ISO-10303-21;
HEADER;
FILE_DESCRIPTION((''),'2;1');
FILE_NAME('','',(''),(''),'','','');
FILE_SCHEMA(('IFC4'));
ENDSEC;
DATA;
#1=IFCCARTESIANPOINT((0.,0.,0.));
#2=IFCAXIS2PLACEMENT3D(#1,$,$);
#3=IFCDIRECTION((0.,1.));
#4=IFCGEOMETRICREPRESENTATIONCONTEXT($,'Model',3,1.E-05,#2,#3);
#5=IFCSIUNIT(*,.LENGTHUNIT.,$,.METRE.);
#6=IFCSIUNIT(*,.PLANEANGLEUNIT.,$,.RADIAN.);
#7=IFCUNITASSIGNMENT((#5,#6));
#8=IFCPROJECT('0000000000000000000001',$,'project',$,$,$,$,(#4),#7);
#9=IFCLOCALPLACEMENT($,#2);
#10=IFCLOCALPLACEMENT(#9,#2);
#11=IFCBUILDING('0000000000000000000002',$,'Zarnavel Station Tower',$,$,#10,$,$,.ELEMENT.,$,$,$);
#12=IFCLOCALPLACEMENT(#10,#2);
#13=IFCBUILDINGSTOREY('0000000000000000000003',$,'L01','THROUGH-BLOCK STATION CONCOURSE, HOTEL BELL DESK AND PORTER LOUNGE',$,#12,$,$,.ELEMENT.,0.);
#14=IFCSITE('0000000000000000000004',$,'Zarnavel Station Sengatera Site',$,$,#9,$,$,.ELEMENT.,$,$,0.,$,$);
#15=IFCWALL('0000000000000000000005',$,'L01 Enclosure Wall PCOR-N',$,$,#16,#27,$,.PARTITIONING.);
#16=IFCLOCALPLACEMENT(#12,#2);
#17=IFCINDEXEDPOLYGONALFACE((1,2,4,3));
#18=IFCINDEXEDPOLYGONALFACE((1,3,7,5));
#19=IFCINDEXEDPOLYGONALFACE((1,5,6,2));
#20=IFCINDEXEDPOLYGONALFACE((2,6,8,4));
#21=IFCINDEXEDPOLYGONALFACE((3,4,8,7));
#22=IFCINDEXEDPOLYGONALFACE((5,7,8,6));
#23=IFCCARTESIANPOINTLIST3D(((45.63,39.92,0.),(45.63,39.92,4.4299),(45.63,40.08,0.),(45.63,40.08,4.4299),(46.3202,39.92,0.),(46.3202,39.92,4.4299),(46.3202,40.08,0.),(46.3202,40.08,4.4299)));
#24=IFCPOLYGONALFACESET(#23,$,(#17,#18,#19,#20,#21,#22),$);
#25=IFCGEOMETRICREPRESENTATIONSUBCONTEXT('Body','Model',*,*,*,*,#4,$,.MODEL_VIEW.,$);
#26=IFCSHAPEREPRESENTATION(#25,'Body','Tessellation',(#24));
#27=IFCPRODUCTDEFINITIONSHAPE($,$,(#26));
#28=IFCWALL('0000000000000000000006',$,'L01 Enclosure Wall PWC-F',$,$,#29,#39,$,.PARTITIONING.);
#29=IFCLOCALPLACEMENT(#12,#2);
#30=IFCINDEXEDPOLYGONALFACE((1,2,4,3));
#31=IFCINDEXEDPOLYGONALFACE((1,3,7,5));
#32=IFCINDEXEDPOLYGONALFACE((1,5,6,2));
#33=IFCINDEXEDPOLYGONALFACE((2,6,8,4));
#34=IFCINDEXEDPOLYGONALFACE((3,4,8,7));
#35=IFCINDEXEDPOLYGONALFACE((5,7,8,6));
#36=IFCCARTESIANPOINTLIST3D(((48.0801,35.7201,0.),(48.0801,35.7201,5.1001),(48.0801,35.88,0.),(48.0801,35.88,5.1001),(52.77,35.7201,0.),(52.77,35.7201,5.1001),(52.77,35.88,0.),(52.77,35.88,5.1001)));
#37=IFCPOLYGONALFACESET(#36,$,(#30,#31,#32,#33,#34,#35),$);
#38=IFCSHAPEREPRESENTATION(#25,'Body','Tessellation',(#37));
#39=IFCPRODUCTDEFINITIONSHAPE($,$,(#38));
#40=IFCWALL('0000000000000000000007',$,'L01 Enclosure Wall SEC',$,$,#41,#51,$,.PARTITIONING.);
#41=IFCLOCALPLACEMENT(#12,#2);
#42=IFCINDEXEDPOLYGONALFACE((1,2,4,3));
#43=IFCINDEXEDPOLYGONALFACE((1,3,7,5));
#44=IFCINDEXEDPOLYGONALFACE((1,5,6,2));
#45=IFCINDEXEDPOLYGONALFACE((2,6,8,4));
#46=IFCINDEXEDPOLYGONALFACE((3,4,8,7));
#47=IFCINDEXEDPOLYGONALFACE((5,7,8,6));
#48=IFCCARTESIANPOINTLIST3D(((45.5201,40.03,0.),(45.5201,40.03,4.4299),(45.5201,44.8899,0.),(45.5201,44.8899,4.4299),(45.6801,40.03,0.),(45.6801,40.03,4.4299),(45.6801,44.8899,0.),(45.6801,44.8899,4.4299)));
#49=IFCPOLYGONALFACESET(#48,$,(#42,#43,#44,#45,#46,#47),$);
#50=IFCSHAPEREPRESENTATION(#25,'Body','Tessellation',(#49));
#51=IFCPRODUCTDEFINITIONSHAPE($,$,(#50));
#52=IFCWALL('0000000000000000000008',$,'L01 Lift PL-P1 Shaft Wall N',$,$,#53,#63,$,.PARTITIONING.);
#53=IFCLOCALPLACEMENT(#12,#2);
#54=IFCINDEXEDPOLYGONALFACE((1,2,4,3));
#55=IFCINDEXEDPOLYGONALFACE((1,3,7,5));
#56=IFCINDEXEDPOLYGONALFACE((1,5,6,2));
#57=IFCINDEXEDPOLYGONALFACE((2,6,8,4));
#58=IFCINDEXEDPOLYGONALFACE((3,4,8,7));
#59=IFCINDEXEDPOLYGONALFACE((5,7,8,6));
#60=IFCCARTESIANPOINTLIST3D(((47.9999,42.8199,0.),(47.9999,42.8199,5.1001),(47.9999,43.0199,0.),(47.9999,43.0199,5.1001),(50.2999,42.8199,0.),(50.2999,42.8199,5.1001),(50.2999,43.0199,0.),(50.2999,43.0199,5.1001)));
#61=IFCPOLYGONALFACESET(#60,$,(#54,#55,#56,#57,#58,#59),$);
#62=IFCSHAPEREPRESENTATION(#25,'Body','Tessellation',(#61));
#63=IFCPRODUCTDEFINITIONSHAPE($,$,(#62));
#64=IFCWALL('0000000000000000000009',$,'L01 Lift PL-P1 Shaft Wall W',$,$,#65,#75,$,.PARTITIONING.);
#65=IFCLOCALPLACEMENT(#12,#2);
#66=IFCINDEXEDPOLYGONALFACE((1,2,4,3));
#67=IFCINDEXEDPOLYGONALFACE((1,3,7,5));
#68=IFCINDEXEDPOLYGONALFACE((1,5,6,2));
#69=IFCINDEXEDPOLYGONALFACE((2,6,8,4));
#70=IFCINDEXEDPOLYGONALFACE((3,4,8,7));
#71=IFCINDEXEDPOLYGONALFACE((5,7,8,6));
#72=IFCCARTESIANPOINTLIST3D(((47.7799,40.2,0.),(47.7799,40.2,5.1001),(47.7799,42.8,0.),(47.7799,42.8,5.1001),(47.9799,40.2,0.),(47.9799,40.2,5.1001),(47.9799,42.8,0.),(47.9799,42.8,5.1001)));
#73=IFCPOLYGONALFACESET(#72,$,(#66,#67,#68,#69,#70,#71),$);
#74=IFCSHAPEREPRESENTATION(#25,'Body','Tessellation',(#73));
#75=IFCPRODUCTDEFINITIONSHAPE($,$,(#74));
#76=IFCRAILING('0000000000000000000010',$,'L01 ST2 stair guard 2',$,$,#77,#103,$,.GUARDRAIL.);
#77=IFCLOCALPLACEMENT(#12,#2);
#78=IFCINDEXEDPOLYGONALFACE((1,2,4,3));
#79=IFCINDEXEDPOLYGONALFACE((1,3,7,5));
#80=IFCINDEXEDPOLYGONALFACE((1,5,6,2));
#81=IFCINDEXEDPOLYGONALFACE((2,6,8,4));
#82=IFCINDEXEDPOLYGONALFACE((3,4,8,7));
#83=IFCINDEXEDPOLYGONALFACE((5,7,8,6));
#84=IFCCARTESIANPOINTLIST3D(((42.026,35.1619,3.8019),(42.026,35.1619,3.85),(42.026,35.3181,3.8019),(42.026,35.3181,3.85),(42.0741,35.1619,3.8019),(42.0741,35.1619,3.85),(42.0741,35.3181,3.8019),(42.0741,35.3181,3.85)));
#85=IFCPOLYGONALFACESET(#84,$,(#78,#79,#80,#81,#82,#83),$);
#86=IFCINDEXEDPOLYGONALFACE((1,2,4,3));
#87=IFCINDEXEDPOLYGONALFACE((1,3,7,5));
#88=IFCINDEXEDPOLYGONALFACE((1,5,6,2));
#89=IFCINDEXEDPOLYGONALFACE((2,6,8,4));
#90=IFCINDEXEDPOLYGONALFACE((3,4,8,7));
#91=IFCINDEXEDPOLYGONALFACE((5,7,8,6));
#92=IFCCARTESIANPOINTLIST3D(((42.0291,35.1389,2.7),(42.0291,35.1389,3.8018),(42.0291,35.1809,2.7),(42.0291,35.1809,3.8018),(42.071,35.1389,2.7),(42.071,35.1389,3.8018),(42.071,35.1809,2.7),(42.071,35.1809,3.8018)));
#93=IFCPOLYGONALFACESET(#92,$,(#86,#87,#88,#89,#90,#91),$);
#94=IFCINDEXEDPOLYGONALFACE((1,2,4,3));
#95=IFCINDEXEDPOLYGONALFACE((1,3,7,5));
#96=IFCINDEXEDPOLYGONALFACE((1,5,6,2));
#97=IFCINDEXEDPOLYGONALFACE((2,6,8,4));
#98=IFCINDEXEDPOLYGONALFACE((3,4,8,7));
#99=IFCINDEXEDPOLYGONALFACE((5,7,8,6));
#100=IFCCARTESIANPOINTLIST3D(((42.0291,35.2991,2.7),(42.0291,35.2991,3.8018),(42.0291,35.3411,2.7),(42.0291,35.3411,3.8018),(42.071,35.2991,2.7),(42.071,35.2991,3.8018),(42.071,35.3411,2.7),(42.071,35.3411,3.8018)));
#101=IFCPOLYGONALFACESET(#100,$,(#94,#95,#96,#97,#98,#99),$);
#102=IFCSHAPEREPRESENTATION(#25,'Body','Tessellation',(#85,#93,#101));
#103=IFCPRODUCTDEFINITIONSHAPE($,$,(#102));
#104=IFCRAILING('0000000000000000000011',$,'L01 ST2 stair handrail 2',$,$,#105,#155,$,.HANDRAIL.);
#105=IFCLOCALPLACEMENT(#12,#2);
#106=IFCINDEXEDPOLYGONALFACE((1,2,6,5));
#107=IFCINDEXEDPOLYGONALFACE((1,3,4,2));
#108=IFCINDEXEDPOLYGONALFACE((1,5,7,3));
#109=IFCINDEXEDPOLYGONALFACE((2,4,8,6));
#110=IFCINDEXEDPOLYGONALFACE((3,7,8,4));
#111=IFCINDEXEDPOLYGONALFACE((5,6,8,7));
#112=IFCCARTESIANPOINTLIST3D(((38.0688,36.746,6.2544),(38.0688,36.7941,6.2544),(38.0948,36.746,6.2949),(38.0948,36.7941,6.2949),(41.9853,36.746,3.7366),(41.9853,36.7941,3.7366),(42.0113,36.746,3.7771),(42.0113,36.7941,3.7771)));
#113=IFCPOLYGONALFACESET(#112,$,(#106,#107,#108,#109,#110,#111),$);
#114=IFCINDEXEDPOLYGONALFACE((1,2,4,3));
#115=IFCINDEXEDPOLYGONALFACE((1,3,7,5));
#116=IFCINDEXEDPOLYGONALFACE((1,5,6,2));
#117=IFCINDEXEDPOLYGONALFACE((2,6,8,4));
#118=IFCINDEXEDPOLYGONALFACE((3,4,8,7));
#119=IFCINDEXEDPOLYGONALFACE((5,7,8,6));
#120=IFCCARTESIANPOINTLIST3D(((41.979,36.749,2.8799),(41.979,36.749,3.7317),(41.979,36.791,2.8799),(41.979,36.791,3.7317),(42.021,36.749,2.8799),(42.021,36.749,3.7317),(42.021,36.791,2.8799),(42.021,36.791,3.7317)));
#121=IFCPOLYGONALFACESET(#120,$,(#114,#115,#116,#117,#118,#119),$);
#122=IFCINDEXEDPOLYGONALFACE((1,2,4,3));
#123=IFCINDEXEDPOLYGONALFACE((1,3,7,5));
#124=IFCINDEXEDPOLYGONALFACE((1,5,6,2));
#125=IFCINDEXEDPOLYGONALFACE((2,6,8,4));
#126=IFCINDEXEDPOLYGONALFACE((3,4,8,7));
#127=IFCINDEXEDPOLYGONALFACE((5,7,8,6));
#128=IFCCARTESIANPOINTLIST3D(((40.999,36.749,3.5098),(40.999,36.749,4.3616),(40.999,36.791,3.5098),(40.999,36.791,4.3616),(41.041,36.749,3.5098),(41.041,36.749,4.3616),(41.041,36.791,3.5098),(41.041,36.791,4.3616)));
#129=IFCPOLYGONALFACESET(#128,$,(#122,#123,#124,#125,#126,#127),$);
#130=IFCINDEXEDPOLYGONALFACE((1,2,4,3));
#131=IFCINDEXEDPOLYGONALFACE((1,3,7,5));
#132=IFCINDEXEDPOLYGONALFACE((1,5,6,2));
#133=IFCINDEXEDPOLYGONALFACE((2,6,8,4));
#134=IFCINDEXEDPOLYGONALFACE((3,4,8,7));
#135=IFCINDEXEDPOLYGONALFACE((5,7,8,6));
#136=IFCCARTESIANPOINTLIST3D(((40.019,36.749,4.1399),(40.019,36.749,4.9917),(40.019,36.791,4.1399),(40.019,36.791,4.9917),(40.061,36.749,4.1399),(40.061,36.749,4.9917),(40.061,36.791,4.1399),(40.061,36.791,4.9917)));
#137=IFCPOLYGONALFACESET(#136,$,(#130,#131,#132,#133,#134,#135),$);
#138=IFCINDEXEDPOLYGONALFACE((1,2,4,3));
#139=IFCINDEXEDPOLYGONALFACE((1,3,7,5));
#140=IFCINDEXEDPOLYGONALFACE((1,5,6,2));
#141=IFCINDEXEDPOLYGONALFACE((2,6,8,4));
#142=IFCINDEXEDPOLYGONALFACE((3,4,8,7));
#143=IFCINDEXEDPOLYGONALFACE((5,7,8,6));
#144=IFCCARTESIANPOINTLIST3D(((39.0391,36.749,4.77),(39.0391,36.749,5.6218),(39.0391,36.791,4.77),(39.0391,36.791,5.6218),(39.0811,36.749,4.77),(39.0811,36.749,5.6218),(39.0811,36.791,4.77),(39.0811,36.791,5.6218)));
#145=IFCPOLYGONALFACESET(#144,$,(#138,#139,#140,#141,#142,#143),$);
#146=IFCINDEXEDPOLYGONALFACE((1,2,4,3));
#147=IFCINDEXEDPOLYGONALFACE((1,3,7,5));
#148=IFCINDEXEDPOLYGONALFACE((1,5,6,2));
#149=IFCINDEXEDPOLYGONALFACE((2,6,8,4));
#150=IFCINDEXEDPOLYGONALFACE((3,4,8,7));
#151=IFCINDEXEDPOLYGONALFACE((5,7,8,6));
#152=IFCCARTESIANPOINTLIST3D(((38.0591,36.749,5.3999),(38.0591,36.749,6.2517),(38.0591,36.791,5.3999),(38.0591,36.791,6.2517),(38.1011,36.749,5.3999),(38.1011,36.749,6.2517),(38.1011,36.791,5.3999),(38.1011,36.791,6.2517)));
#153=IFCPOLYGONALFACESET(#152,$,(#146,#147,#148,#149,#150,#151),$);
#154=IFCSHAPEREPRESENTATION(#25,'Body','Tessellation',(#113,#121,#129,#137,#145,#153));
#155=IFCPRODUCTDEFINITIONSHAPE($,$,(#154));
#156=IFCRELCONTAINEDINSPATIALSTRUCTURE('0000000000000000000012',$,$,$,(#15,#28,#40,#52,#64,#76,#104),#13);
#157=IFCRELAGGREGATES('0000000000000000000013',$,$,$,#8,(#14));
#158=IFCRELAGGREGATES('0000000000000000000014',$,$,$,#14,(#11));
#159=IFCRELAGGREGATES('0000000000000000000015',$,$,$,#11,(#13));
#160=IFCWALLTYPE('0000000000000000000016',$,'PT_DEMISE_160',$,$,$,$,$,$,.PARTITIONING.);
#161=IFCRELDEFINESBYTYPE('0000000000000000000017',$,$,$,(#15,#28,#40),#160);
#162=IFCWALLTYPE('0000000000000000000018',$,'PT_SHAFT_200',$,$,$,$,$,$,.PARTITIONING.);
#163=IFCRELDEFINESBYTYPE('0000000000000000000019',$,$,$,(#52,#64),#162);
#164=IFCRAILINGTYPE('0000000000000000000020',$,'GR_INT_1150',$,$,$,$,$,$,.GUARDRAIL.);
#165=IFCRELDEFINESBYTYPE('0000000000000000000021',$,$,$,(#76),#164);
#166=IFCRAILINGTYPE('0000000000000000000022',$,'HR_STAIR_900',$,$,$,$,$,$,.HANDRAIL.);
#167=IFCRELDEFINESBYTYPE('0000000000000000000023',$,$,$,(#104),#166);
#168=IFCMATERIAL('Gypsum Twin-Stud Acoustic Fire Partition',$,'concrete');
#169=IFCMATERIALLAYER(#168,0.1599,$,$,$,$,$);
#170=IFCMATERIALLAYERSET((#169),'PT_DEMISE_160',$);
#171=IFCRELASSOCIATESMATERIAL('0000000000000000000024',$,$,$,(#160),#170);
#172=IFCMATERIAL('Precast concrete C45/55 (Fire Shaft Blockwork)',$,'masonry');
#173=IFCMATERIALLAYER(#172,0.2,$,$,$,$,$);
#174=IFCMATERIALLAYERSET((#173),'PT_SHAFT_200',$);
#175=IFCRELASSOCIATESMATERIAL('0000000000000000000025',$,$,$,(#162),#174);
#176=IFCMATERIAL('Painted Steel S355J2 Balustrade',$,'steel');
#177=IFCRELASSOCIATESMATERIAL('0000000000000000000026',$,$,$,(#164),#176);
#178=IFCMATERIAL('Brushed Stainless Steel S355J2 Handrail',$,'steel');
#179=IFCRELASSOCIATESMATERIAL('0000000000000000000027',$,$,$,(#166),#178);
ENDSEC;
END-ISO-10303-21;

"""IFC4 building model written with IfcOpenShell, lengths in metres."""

from ifc_helpers import new_model, si_unit, direction, frame, frame_2d, origin, origin_2d, place, context, subcontext, project, spatial, rectangle, extrude, material, layer, layer_set, type_object, element, save


model = new_model("IFC4")

# Units and contexts
model_context = context("Model", 3, precision=1e-05, world=origin(), true_north=direction((0.0, 1.0)))
body_context = subcontext(model_context, "Body", "Model", "MODEL_VIEW")
ifc_project = project(units=[si_unit("LENGTHUNIT", "METRE"), si_unit("PLANEANGLEUNIT", "RADIAN")], contexts=[model_context])

# Site, building, storey
site_placement = place(None, origin())
site = spatial("IfcSite", under=ifc_project, at=site_placement, Name="Zarnavel Station Sengatera Site", CompositionType="ELEMENT", RefElevation=0.0)
building_placement = place(site_placement, origin())
building = spatial("IfcBuilding", under=site, at=building_placement, Name="Zarnavel Station Tower", CompositionType="ELEMENT")
storey_placement = place(building_placement, origin())
storey = spatial("IfcBuildingStorey", under=building, at=storey_placement, Name="L01", Description="THROUGH-BLOCK STATION CONCOURSE, HOTEL BELL DESK AND PORTER LOUNGE", CompositionType="ELEMENT", Elevation=0.0)

# Walls
ifc_material_1 = material(Name="Gypsum Twin-Stud Acoustic Fire Partition", Category="concrete")
ifc_layer_1 = layer(ifc_material_1, 0.1599)
ifc_layer_set_1 = layer_set([ifc_layer_1], Name="PT_DEMISE_160")
wall_type_1 = type_object("IfcWallType", Name="PT_DEMISE_160", PredefinedType="PARTITIONING", material=ifc_layer_set_1)
wall_1_placement = place(storey_placement, frame((45.6299, 40.0, 0.0), z_axis=(0.0, 0.0, 1.0), x_axis=(1.0, 0.0, 0.0)))
element("IfcWall", 1, at=wall_1_placement, inside=storey, type_object=wall_type_1, Name="L01 Enclosure Wall PCOR-N", PredefinedType="PARTITIONING", context=body_context, shape_type="SweptSolid", body=[
    extrude(rectangle(XDim=0.6902, YDim=0.1599, at=frame_2d((0.3452, 0.0))), origin(), (0.0, 0.0, 1.0), 4.4299),
])
wall_2_placement = place(storey_placement, frame((48.0801, 35.8, 0.0), z_axis=(0.0, 0.0, 1.0), x_axis=(1.0, 0.0, 0.0)))
element("IfcWall", 2, at=wall_2_placement, inside=storey, type_object=wall_type_1, Name="L01 Enclosure Wall PWC-F", PredefinedType="PARTITIONING", context=body_context, shape_type="SweptSolid", body=[
    extrude(rectangle(XDim=4.6899, YDim=0.1599, at=frame_2d((2.345, 0.0))), origin(), (0.0, 0.0, 1.0), 5.1001),
])
wall_3_placement = place(storey_placement, frame((45.6001, 40.03, 0.0), z_axis=(0.0, 0.0, 1.0), x_axis=(0.0, 1.0, 0.0)))
element("IfcWall", 3, at=wall_3_placement, inside=storey, type_object=wall_type_1, Name="L01 Enclosure Wall SEC", PredefinedType="PARTITIONING", context=body_context, shape_type="SweptSolid", body=[
    extrude(rectangle(XDim=4.8599, YDim=0.1599, at=frame_2d((2.4299, 0.0))), origin(), (0.0, 0.0, 1.0), 4.4299),
])

# Shared definitions
ifc_material_2 = material(Name="Precast concrete C45/55 (Fire Shaft Blockwork)", Category="masonry")
ifc_layer_2 = layer(ifc_material_2, 0.2)
ifc_layer_set_2 = layer_set([ifc_layer_2], Name="PT_SHAFT_200")
wall_type_2 = type_object("IfcWallType", Name="PT_SHAFT_200", PredefinedType="PARTITIONING", material=ifc_layer_set_2)

# Walls
wall_4_placement = place(storey_placement, frame((48.0, 42.9199, 0.0), z_axis=(0.0, 0.0, 1.0), x_axis=(1.0, 0.0, 0.0)))
element("IfcWall", 4, at=wall_4_placement, inside=storey, type_object=wall_type_2, Name="L01 Lift PL-P1 Shaft Wall N", PredefinedType="PARTITIONING", context=body_context, shape_type="SweptSolid", body=[
    extrude(rectangle(XDim=2.3, YDim=0.2, at=frame_2d((1.1499, 0.0))), origin(), (0.0, 0.0, 1.0), 5.1001),
])
wall_5_placement = place(storey_placement, frame((47.8799, 40.2, 0.0), z_axis=(0.0, 0.0, 1.0), x_axis=(0.0, 1.0, 0.0)))
element("IfcWall", 5, at=wall_5_placement, inside=storey, type_object=wall_type_2, Name="L01 Lift PL-P1 Shaft Wall W", PredefinedType="PARTITIONING", context=body_context, shape_type="SweptSolid", body=[
    extrude(rectangle(XDim=2.6001, YDim=0.2, at=frame_2d((1.3, 0.0))), origin(), (0.0, 0.0, 1.0), 5.1001),
])

# Railings
ifc_material_3 = material(Name="Painted Steel S355J2 Balustrade", Category="steel")
railing_type_1 = type_object("IfcRailingType", Name="GR_INT_1150", PredefinedType="GUARDRAIL", material=ifc_material_3)
railing_1_placement = place(storey_placement, frame((42.05, 35.1599, 2.7)))
element("IfcRailing", 6, at=railing_1_placement, inside=storey, type_object=railing_type_1, Name="L01 ST2 stair guard 2", PredefinedType="GUARDRAIL", context=body_context, shape_type="SweptSolid", body=[
    extrude(rectangle(XDim=0.0481, YDim=0.0481, at=origin_2d()), frame((0.0, 0.002, 1.126), z_axis=(0.0, 1.0, 0.0), x_axis=(-1.0, 0.0, 0.0)), (0.0, 0.0, 1.0), 0.1562),
    extrude(rectangle(XDim=0.042, YDim=0.042, at=origin_2d()), origin(), (0.0, 0.0, 1.0), 1.1018),
    extrude(rectangle(XDim=0.042, YDim=0.042, at=origin_2d()), frame((0.0, 0.1602, 0.0)), (0.0, 0.0, 1.0), 1.1018),
])
ifc_material_4 = material(Name="Brushed Stainless Steel S355J2 Handrail", Category="steel")
railing_type_2 = type_object("IfcRailingType", Name="HR_STAIR_900", PredefinedType="HANDRAIL", material=ifc_material_4)
railing_2_placement = place(storey_placement, frame((42.0, 36.77, 2.8799)))
element("IfcRailing", 7, at=railing_2_placement, inside=storey, type_object=railing_type_2, Name="L01 ST2 stair handrail 2", PredefinedType="HANDRAIL", context=body_context, shape_type="SweptSolid", body=[
    extrude(rectangle(XDim=0.0481, YDim=0.0481, at=origin_2d()), frame((-0.0017, 0.0, 0.877), z_axis=(-0.841172, 0.0, 0.540768), x_axis=(0.0, -1.0, 0.0)), (0.0, 0.0, 1.0), 4.656),
    extrude(rectangle(XDim=0.042, YDim=0.042, at=origin_2d()), origin(), (0.0, 0.0, 1.0), 0.8518),
    extrude(rectangle(XDim=0.042, YDim=0.042, at=origin_2d()), frame((-0.98, 0.0, 0.6299)), (0.0, 0.0, 1.0), 0.8518),
    extrude(rectangle(XDim=0.042, YDim=0.042, at=origin_2d()), frame((-1.96, 0.0, 1.26)), (0.0, 0.0, 1.0), 0.8518),
    extrude(rectangle(XDim=0.042, YDim=0.042, at=origin_2d()), frame((-2.9399, 0.0, 1.8901)), (0.0, 0.0, 1.0), 0.8518),
    extrude(rectangle(XDim=0.042, YDim=0.042, at=origin_2d()), frame((-3.9199, 0.0, 2.52)), (0.0, 0.0, 1.0), 0.8518),
])

save(model, "model.ifc")
